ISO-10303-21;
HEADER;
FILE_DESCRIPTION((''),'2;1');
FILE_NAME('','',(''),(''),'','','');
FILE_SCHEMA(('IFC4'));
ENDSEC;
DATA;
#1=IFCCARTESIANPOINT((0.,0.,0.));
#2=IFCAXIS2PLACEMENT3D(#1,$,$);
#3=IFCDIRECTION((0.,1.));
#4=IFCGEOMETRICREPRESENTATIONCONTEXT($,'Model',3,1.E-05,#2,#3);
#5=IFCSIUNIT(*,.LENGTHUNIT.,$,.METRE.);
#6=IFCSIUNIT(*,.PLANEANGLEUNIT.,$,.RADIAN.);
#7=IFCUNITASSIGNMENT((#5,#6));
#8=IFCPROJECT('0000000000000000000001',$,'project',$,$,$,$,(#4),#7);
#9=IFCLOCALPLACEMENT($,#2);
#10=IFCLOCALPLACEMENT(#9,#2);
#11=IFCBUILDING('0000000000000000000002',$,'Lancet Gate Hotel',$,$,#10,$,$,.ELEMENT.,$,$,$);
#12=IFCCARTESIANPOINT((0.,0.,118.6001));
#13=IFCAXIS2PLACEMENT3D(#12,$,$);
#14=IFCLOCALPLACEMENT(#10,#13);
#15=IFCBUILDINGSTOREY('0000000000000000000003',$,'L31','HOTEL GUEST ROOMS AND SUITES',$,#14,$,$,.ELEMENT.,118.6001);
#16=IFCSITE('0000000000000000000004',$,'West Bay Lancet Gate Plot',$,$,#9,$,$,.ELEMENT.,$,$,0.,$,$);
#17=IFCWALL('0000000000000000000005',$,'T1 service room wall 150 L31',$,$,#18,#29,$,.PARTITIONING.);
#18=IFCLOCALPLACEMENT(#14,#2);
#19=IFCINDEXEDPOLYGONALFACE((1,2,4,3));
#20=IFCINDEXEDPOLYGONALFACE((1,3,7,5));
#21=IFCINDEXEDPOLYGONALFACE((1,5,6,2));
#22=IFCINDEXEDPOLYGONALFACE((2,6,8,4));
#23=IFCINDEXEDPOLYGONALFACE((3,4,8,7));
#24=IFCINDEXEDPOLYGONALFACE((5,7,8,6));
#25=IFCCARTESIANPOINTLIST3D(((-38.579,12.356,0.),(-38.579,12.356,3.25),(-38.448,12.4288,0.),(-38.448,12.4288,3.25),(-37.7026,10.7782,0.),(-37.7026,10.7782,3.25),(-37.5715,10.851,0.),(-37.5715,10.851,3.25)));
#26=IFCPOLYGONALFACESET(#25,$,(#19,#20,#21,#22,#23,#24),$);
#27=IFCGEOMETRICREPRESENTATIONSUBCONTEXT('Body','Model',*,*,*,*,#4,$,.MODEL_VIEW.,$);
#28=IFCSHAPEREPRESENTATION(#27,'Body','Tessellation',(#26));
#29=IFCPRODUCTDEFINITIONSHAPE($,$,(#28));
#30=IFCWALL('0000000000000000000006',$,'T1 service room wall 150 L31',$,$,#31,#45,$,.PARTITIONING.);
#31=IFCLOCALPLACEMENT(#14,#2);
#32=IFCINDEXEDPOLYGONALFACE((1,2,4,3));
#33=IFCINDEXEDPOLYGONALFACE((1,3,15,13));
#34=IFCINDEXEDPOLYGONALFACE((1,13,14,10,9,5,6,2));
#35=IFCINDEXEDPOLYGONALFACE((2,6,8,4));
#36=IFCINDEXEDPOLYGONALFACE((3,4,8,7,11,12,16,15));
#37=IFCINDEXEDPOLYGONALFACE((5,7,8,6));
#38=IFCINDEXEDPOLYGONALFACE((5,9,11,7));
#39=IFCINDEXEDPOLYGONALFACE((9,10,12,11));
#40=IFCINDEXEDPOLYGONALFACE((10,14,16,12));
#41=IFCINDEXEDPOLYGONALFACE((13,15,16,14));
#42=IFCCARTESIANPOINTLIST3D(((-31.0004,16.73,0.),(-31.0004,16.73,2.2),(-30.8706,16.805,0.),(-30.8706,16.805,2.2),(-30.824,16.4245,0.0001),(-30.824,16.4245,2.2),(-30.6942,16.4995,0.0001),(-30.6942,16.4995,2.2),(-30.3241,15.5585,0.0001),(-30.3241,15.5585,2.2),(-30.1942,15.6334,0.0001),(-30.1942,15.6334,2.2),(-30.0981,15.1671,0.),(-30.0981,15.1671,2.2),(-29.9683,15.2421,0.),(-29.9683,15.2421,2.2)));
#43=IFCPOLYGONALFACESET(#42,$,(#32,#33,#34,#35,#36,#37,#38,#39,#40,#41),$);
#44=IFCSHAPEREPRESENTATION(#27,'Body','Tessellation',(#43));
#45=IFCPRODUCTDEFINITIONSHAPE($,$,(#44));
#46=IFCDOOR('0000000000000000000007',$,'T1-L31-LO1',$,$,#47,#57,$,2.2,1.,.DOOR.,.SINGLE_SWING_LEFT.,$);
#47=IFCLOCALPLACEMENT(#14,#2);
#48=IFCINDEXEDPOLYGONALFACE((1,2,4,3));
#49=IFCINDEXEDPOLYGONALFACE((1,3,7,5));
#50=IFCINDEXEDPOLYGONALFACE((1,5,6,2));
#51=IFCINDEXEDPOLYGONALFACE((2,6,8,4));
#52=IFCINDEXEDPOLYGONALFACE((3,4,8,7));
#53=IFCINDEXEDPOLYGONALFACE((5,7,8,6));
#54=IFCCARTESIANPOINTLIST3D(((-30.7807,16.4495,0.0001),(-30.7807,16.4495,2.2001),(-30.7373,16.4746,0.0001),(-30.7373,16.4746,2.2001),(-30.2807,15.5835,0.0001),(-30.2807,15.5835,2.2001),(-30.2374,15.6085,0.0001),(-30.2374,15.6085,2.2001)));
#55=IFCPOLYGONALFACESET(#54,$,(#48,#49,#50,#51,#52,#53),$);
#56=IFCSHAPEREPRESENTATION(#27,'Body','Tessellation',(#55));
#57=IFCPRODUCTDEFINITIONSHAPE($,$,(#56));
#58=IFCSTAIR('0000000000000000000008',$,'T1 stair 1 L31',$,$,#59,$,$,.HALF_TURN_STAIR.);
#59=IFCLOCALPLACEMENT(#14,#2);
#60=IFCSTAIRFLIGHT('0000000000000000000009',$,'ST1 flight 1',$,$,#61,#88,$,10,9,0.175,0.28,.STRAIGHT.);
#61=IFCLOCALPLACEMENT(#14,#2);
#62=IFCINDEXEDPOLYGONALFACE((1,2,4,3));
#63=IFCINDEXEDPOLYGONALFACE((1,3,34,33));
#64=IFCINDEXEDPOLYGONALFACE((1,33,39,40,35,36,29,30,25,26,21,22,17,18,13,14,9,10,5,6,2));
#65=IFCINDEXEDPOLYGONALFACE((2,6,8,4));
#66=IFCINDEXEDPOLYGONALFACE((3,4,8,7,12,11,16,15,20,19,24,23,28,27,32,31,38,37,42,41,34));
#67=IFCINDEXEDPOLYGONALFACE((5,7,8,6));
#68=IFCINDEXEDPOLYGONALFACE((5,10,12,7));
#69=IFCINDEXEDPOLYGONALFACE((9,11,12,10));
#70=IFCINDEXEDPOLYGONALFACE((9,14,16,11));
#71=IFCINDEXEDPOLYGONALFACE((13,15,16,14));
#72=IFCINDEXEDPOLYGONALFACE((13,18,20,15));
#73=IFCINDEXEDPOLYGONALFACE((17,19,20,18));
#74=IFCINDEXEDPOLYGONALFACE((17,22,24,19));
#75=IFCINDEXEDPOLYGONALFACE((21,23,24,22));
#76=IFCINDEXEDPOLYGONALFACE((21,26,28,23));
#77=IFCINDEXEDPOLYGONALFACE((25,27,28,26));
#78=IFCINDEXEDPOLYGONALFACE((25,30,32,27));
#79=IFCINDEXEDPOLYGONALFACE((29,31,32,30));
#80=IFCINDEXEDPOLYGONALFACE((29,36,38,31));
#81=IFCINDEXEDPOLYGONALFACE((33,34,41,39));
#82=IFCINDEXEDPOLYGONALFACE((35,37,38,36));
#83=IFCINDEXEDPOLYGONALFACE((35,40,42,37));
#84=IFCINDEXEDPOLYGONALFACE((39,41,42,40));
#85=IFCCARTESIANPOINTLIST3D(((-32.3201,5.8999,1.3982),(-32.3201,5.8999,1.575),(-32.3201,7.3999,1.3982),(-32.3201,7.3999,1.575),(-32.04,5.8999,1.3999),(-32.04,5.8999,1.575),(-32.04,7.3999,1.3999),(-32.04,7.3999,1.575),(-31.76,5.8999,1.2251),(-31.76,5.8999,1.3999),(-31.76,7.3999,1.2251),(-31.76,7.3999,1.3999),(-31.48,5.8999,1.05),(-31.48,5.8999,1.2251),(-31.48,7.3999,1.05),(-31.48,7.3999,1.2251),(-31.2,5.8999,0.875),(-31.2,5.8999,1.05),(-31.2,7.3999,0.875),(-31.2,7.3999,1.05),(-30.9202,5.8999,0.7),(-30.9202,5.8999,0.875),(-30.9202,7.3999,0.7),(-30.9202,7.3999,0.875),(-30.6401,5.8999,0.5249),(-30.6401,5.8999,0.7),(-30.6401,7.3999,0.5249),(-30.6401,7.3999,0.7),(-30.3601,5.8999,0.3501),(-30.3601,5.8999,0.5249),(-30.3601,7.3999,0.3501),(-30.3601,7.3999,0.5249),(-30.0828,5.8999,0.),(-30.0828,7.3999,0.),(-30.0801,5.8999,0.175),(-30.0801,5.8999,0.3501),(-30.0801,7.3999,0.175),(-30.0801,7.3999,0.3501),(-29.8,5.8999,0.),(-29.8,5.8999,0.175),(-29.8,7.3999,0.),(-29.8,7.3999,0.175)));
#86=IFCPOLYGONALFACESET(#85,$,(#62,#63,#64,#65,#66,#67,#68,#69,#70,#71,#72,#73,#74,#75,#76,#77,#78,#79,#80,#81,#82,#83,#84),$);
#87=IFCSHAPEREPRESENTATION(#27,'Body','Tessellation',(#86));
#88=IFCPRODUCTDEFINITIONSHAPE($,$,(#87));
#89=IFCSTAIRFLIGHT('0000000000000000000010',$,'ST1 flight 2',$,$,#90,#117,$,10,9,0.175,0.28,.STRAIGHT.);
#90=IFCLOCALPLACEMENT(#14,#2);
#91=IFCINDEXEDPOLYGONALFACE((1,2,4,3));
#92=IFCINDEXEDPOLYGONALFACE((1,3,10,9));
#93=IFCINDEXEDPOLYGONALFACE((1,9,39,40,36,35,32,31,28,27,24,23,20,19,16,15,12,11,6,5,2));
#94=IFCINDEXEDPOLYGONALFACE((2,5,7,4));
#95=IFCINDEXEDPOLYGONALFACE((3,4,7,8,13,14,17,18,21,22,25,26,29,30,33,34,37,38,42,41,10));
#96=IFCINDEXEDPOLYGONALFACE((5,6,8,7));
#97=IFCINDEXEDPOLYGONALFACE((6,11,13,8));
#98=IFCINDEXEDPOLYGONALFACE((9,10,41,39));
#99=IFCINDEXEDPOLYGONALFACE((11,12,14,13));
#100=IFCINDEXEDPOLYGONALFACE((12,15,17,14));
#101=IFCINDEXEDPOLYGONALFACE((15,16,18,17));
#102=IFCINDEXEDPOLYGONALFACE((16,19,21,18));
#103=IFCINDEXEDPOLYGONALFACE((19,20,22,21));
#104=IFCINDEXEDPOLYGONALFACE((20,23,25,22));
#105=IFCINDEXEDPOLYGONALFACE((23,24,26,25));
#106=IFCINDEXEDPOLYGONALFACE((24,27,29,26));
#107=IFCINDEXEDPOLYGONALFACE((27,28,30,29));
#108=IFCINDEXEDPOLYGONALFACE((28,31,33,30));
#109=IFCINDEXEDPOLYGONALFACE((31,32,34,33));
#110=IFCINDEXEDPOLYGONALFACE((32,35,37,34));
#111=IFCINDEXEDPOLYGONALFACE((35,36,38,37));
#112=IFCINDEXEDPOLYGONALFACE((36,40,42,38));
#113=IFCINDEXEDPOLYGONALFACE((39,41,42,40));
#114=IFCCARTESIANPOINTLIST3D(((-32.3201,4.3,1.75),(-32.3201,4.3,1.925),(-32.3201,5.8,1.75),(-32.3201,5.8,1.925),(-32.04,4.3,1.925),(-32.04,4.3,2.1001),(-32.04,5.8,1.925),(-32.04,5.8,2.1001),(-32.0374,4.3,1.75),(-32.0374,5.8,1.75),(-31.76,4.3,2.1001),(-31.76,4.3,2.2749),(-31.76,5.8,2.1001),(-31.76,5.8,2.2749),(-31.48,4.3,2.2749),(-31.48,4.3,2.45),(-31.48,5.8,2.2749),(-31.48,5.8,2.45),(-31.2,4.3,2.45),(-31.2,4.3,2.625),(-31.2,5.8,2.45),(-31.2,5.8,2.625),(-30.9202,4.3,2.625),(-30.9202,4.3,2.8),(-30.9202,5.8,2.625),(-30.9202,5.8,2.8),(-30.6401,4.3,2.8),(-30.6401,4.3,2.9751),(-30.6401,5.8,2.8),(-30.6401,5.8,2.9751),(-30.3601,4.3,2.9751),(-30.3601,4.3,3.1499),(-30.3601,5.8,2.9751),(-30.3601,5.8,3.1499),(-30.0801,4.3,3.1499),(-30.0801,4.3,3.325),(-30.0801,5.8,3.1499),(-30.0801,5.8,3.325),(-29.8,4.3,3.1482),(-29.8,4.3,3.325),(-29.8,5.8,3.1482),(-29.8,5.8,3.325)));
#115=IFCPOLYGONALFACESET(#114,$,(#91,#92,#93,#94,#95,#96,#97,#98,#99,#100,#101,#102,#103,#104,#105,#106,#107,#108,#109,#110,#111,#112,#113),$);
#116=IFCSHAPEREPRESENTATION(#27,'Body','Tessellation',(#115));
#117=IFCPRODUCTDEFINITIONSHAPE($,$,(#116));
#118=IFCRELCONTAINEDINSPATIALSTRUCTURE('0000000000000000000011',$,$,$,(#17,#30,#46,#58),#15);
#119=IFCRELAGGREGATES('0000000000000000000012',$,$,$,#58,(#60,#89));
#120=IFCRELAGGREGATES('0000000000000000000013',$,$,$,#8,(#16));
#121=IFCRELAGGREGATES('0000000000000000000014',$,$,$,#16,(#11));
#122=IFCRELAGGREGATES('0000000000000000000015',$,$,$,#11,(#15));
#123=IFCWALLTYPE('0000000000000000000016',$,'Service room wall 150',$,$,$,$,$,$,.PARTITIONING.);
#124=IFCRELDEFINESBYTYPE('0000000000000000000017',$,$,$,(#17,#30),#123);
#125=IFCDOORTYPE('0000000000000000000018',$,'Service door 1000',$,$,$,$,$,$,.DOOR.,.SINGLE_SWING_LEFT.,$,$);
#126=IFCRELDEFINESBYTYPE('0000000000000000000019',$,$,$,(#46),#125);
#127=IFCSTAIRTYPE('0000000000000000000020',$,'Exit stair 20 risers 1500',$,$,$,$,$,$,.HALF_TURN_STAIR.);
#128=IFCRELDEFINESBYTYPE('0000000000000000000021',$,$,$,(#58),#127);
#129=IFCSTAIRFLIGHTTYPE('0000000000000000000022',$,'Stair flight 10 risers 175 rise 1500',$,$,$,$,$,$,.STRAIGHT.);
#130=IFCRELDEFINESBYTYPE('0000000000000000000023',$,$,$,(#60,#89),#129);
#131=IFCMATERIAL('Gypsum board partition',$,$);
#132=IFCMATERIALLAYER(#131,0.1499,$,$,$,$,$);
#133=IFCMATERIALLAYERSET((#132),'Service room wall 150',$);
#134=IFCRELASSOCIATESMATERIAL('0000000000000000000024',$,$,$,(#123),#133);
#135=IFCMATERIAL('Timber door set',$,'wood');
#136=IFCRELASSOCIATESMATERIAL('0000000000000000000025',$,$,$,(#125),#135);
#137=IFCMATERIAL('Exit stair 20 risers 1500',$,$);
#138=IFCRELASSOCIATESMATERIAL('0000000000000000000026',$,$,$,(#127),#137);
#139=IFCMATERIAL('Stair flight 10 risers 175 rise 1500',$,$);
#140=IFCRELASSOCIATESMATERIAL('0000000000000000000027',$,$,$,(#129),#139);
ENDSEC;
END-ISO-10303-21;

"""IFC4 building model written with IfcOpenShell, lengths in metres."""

from ifc_helpers import new_model, si_unit, direction, frame, frame_2d, origin, place, context, subcontext, project, spatial, polyline, rectangle, outline, extrude, material, layer, layer_set, type_object, element, fill, aggregate, save


model = new_model("IFC4")

# Units and contexts
model_context = context("Model", 3, precision=1e-05, world=origin(), true_north=direction((0.0, 1.0)))
body_context = subcontext(model_context, "Body", "Model", "MODEL_VIEW")
ifc_project = project(units=[si_unit("LENGTHUNIT", "METRE"), si_unit("PLANEANGLEUNIT", "RADIAN")], contexts=[model_context])

# Site, building, storey
site_placement = place(None, origin())
site = spatial("IfcSite", under=ifc_project, at=site_placement, Name="West Bay Lancet Gate Plot", CompositionType="ELEMENT", RefElevation=0.0)
building_placement = place(site_placement, origin())
building = spatial("IfcBuilding", under=site, at=building_placement, Name="Lancet Gate Hotel", CompositionType="ELEMENT")
storey_placement = place(building_placement, frame((0.0, 0.0, 118.6001)))
storey = spatial("IfcBuildingStorey", under=building, at=storey_placement, Name="L31", Description="HOTEL GUEST ROOMS AND SUITES", CompositionType="ELEMENT", Elevation=118.6001)

# Wall
ifc_material_1 = material(Name="Gypsum board partition")
ifc_layer_1 = layer(ifc_material_1, 0.1499)
ifc_layer_set_1 = layer_set([ifc_layer_1], Name="Service room wall 150")
wall_type_1 = type_object("IfcWallType", Name="Service room wall 150", PredefinedType="PARTITIONING", material=ifc_layer_set_1)
wall_1_placement = place(storey_placement, frame((-38.5134, 12.3923, 0.0), z_axis=(0.0, 0.0, 1.0), x_axis=(0.485586, -0.874189, 0.0)))
element("IfcWall", 1, at=wall_1_placement, inside=storey, type_object=wall_type_1, Name="T1 service room wall 150 L31", PredefinedType="PARTITIONING", context=body_context, shape_type="SweptSolid", body=[
    extrude(rectangle(XDim=1.8049, YDim=0.1499, at=frame_2d((0.9023, 0.0))), origin(), (0.0, 0.0, 1.0), 3.25),
])

# Wall, opening, door
wall_2_placement = place(storey_placement, frame((-30.0332, 15.2046, 0.0), z_axis=(0.0, 0.0, 1.0), x_axis=(-0.49998, 0.866037, 0.0)))
wall_2 = element("IfcWall", 2, at=wall_2_placement, inside=storey, type_object=wall_type_1, Name="T1 service room wall 150 L31", PredefinedType="PARTITIONING", context=body_context, shape_type="SweptSolid", body=[
    extrude(rectangle(XDim=1.8047, YDim=0.1499, at=frame_2d((0.9023, 0.0))), origin(), (0.0, 0.0, 1.0), 2.2),
])
opening_1_placement = place(wall_2_placement, frame((0.4519, 0.0, 0.0)))
opening_1 = element("IfcOpeningElement", 3, at=opening_1_placement, cuts=wall_2, PredefinedType="OPENING", context=body_context, shape_type="SweptSolid", body=[
    extrude(rectangle(XDim=1.0, YDim=2.2, at=frame_2d((0.5, 1.1001))), frame((0.0, 0.085, 0.0), z_axis=(0.0, -1.0, 0.0), x_axis=(1.0, 0.0, 0.0)), (0.0, 0.0, 1.0), 0.1699),
])
ifc_material_2 = material(Name="Timber door set", Category="wood")
door_type_1 = type_object("IfcDoorType", Name="Service door 1000", OperationType="SINGLE_SWING_LEFT", PredefinedType="DOOR", material=ifc_material_2)
door_1_placement = place(opening_1_placement, origin())
door_1 = element("IfcDoor", 4, at=door_1_placement, inside=storey, type_object=door_type_1, Name="T1-L31-LO1", OperationType="SINGLE_SWING_LEFT", OverallHeight=2.2, OverallWidth=1.0, PredefinedType="DOOR", context=body_context, shape_type="SweptSolid", body=[
    extrude(rectangle(XDim=1.0, YDim=2.2, at=frame_2d((0.5, 1.1001))), frame((0.0, 0.0249, 0.0), z_axis=(0.0, -1.0, 0.0), x_axis=(1.0, 0.0, 0.0)), (0.0, 0.0, 1.0), 0.05),
])
fill(opening_1, door_1)

# Stair, stair flights
ifc_material_3 = material(Name="Exit stair 20 risers 1500")
stair_type = type_object("IfcStairType", Name="Exit stair 20 risers 1500", PredefinedType="HALF_TURN_STAIR", material=ifc_material_3)
stair_placement = place(storey_placement, origin())
stair = element("IfcStair", 5, at=stair_placement, inside=storey, type_object=stair_type, Name="T1 stair 1 L31", PredefinedType="HALF_TURN_STAIR")
ifc_material_4 = material(Name="Stair flight 10 risers 175 rise 1500")
stair_flight_type = type_object("IfcStairFlightType", Name="Stair flight 10 risers 175 rise 1500", PredefinedType="STRAIGHT", material=ifc_material_4)
stair_flight_1_placement = place(storey_placement, frame((-29.8, 6.6499, 0.0), z_axis=(0.0, 0.0, 1.0), x_axis=(-1.0, 0.0, 0.0)))
stair_flight_1 = element("IfcStairFlight", 6, at=stair_flight_1_placement, type_object=stair_flight_type, Name="ST1 flight 1", NumberOfRisers=10, NumberOfTreads=9, PredefinedType="STRAIGHT", RiserHeight=0.175, TreadLength=0.28, context=body_context, shape_type="SweptSolid", body=[
    extrude(outline(polyline([(0.0, 0.0), (0.0, 0.175), (0.28, 0.175), (0.28, 0.3501), (0.5601, 0.3501), (0.5601, 0.5249), (0.8401, 0.5249), (0.8401, 0.7), (1.1201, 0.7), (1.1201, 0.875), (1.3999, 0.875), (1.3999, 1.05), (1.6799, 1.05), (1.6799, 1.2251), (1.96, 1.2251), (1.96, 1.3999), (2.24, 1.3999), (2.24, 1.575), (2.52, 1.575), (2.52, 1.75), (2.52, 1.3982), (0.2827, 0.0), (0.0, 0.0)])), frame((0.0, 0.75, 0.0), z_axis=(0.0, -1.0, 0.0), x_axis=(1.0, 0.0, 0.0)), (0.0, 0.0, 1.0), 1.5),
])
stair_flight_2_placement = place(storey_placement, frame((-32.3201, 5.05, 1.75), z_axis=(0.0, 0.0, 1.0), x_axis=(1.0, 0.0, 0.0)))
stair_flight_2 = element("IfcStairFlight", 7, at=stair_flight_2_placement, type_object=stair_flight_type, Name="ST1 flight 2", NumberOfRisers=10, NumberOfTreads=9, PredefinedType="STRAIGHT", RiserHeight=0.175, TreadLength=0.28, context=body_context, shape_type="SweptSolid", body=[
    extrude(outline(polyline([(0.0, 0.0), (0.0, 0.175), (0.28, 0.175), (0.28, 0.3501), (0.5601, 0.3501), (0.5601, 0.5249), (0.8401, 0.5249), (0.8401, 0.7), (1.1201, 0.7), (1.1201, 0.875), (1.3999, 0.875), (1.3999, 1.05), (1.6799, 1.05), (1.6799, 1.2251), (1.96, 1.2251), (1.96, 1.3999), (2.24, 1.3999), (2.24, 1.575), (2.52, 1.575), (2.52, 1.75), (2.52, 1.3982), (0.2827, 0.0), (0.0, 0.0)])), frame((0.0, 0.75, 0.0), z_axis=(0.0, -1.0, 0.0), x_axis=(1.0, 0.0, 0.0)), (0.0, 0.0, 1.0), 1.5),
])
aggregate(stair, [stair_flight_1, stair_flight_2])

save(model, "model.ifc")
